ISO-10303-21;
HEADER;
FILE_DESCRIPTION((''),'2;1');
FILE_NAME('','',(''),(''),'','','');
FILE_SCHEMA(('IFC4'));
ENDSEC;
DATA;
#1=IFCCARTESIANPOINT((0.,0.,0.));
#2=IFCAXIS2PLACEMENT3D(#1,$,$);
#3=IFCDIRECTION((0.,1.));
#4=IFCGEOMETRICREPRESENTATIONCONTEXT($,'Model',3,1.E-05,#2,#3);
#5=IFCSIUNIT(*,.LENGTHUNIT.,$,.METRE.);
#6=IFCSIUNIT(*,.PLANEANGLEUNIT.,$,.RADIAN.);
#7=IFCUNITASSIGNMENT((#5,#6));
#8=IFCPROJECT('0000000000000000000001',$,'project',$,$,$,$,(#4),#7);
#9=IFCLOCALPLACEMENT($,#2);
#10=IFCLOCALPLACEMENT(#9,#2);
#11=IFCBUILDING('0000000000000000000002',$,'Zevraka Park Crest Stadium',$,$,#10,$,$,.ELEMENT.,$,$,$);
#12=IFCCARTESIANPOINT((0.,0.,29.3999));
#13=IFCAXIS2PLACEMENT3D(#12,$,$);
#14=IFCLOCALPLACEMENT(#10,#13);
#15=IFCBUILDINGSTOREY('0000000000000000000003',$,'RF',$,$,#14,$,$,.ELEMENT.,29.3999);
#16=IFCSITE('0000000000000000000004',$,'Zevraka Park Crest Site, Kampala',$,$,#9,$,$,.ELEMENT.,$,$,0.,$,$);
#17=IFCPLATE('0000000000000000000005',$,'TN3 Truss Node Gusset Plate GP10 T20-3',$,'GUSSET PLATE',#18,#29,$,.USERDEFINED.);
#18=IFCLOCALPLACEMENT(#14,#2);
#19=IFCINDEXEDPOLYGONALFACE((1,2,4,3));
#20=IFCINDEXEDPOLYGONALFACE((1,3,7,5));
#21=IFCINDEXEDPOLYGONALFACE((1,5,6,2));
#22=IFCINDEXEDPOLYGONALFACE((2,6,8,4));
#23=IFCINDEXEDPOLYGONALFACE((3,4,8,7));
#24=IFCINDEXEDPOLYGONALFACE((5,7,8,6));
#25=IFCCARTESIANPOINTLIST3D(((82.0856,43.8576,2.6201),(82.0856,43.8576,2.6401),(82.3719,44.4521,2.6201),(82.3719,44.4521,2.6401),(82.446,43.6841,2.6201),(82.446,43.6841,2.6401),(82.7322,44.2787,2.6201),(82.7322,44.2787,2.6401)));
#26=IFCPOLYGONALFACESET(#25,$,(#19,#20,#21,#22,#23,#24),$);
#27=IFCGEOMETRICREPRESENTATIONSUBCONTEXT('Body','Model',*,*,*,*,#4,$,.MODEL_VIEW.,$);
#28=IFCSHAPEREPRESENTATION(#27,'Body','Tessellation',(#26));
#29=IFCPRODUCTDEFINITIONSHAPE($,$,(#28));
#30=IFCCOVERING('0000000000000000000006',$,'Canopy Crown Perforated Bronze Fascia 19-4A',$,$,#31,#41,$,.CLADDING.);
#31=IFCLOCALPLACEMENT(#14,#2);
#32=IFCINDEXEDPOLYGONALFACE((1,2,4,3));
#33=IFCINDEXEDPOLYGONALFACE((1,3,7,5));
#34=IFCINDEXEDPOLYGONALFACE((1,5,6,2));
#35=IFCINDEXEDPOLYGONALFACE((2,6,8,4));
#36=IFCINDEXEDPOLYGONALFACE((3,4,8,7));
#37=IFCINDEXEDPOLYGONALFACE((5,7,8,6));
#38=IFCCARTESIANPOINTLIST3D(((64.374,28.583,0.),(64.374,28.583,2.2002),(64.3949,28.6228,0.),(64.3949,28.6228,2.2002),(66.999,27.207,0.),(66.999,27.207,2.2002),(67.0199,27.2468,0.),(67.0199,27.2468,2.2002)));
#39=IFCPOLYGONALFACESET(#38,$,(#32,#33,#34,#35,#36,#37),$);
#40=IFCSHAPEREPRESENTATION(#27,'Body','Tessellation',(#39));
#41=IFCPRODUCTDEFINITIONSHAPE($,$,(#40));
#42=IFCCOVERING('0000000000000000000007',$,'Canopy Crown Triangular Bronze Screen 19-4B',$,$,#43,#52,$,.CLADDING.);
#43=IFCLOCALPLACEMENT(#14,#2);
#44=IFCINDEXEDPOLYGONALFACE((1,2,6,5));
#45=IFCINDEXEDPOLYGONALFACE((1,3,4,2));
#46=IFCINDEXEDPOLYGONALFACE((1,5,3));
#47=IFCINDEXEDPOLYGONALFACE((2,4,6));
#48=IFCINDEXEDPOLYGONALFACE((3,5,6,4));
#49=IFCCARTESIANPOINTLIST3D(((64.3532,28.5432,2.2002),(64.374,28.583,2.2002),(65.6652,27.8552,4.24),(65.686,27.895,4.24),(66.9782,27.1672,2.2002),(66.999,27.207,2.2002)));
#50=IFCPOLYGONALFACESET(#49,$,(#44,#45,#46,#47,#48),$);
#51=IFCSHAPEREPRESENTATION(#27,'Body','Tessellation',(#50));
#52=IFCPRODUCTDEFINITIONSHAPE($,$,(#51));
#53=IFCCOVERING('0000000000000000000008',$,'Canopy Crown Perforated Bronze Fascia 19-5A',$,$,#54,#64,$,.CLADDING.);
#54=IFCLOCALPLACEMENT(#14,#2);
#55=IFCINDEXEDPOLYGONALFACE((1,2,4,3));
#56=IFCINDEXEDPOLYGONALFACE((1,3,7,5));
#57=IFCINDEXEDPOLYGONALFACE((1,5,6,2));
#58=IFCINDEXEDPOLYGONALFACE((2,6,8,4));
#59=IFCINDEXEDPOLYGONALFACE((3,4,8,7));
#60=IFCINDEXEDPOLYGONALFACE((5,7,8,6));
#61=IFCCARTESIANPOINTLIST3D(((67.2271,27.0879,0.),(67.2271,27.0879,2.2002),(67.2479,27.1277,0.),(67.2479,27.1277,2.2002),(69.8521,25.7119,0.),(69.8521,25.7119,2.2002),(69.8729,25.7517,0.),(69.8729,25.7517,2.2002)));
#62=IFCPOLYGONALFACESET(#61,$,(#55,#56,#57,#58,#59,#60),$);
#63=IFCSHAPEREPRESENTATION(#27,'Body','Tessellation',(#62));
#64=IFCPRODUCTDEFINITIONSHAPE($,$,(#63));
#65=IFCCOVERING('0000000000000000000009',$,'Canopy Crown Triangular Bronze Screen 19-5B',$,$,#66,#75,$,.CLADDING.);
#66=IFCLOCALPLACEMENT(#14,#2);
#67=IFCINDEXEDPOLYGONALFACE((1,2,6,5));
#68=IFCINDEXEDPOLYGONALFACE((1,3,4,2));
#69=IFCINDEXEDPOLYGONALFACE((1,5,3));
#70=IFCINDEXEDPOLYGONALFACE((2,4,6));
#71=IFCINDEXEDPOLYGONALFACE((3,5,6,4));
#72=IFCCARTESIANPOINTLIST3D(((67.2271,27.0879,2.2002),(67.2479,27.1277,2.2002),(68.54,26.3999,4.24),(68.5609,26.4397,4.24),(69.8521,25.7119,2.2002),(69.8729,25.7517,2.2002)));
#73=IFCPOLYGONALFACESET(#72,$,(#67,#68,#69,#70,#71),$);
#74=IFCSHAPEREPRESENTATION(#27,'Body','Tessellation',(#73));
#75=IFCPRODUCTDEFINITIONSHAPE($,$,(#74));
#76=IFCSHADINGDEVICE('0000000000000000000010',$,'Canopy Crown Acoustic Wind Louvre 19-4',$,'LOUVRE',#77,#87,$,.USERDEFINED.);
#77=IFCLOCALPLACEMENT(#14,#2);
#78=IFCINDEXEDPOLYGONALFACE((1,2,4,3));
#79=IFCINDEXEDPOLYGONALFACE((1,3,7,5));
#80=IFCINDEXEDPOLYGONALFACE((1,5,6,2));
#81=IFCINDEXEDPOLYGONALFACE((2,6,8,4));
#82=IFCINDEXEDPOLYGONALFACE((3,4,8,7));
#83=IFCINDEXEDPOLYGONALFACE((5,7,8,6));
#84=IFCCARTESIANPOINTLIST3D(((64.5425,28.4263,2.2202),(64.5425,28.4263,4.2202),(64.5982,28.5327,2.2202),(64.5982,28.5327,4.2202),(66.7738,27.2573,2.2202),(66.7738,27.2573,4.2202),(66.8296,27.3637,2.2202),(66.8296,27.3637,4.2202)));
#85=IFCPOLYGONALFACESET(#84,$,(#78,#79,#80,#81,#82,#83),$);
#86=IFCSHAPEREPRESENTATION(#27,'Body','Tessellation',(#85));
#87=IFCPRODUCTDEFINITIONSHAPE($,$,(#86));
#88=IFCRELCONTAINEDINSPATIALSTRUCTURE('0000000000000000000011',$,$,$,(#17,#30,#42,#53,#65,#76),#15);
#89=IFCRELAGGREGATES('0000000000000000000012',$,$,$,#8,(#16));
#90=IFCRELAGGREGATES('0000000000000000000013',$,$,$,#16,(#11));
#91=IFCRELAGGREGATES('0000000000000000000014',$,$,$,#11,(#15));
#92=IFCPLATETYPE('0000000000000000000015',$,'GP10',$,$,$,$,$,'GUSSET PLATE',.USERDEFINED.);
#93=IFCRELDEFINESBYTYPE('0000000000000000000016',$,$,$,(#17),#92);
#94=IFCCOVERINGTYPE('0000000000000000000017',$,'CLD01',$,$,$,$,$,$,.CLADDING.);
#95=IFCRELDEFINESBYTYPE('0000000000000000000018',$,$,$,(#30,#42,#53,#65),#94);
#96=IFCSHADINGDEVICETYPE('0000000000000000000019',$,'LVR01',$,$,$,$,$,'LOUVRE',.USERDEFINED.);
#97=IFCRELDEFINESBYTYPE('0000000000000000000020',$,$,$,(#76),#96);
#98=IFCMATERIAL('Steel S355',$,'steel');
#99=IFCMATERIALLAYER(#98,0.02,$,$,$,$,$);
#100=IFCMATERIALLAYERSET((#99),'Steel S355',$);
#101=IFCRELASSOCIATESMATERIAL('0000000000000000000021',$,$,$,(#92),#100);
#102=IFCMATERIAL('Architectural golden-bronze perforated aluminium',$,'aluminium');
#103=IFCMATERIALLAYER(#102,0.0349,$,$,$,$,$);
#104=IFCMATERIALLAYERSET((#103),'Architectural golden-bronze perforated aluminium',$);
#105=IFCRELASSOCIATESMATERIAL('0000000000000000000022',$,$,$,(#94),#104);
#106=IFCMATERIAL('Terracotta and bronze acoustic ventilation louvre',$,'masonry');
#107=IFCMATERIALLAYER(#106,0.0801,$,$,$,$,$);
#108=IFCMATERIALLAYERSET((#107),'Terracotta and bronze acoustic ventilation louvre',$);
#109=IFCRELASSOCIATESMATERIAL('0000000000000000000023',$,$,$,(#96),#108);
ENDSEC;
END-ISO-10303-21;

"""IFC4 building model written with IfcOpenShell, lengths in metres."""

from ifc_helpers import new_model, si_unit, direction, frame, origin, origin_2d, place, context, subcontext, project, spatial, polyline, rectangle, outline, extrude, material, layer, layer_set, type_object, element, save


model = new_model("IFC4")

# Units and contexts
model_context = context("Model", 3, precision=1e-05, world=origin(), true_north=direction((0.0, 1.0)))
body_context = subcontext(model_context, "Body", "Model", "MODEL_VIEW")
ifc_project = project(units=[si_unit("LENGTHUNIT", "METRE"), si_unit("PLANEANGLEUNIT", "RADIAN")], contexts=[model_context])

# Site, building, storey
site_placement = place(None, origin())
site = spatial("IfcSite", under=ifc_project, at=site_placement, Name="Zevraka Park Crest Site, Kampala", CompositionType="ELEMENT", RefElevation=0.0)
building_placement = place(site_placement, origin())
building = spatial("IfcBuilding", under=site, at=building_placement, Name="Zevraka Park Crest Stadium", CompositionType="ELEMENT")
storey_placement = place(building_placement, frame((0.0, 0.0, 29.3999)))
storey = spatial("IfcBuildingStorey", under=building, at=storey_placement, Name="RF", CompositionType="ELEMENT", Elevation=29.3999)

# Plate
ifc_material_1 = material(Name="Steel S355", Category="steel")
ifc_layer_1 = layer(ifc_material_1, 0.02)
ifc_layer_set_1 = layer_set([ifc_layer_1], Name="Steel S355")
plate_type_1 = type_object("IfcPlateType", Name="GP10", ElementType="GUSSET PLATE", PredefinedType="USERDEFINED", material=ifc_layer_set_1)
plate_1_placement = place(storey_placement, frame((82.4089, 44.0681, 2.6201), z_axis=(0.0, 0.0, 1.0), x_axis=(0.433816, 0.901001, 0.0)))
element("IfcPlate", 1, at=plate_1_placement, inside=storey, type_object=plate_type_1, Name="TN3 Truss Node Gusset Plate GP10 T20-3", ObjectType="GUSSET PLATE", PredefinedType="USERDEFINED", context=body_context, shape_type="SweptSolid", body=[
    extrude(rectangle(XDim=0.6599, YDim=0.3999, at=origin_2d()), origin(), (0.0, 0.0, 1.0), 0.02),
])

# Coverings
ifc_material_2 = material(Name="Architectural golden-bronze perforated aluminium", Category="aluminium")
ifc_layer_2 = layer(ifc_material_2, 0.0349)
ifc_layer_set_2 = layer_set([ifc_layer_2], Name="Architectural golden-bronze perforated aluminium")
covering_type = type_object("IfcCoveringType", Name="CLD01", PredefinedType="CLADDING", material=ifc_layer_set_2)
covering_1_placement = place(storey_placement, frame((64.374, 28.583, 0.0), z_axis=(-0.464266, -0.885696, 0.0), x_axis=(0.885696, -0.464266, 0.0)))
element("IfcCovering", 2, at=covering_1_placement, inside=storey, type_object=covering_type, Name="Canopy Crown Perforated Bronze Fascia 19-4A", PredefinedType="CLADDING", context=body_context, shape_type="SweptSolid", body=[
    extrude(outline(polyline([(0.0, 0.0), (2.9638, 0.0), (2.9638, 2.2002), (0.0, 2.2002), (0.0, 0.0)])), origin(), (0.0, 0.0, -1.0), 0.0449),
])
covering_2_placement = place(storey_placement, frame((64.374, 28.583, 2.2002), z_axis=(0.464266, 0.885696, 0.000111), x_axis=(0.885696, -0.464266, 0.0)))
element("IfcCovering", 3, at=covering_2_placement, inside=storey, type_object=covering_type, Name="Canopy Crown Triangular Bronze Screen 19-4B", PredefinedType="CLADDING", context=body_context, shape_type="SweptSolid", body=[
    extrude(outline(polyline([(0.0, 0.0), (2.9638, 0.0), (1.4815, -2.0398), (0.0, 0.0)])), origin(), (0.0, 0.0, -1.0), 0.0449),
])
covering_3_placement = place(storey_placement, frame((67.2271, 27.0879, 0.0), z_axis=(-0.464266, -0.885696, 0.0), x_axis=(0.885696, -0.464266, 0.0)))
element("IfcCovering", 4, at=covering_3_placement, inside=storey, type_object=covering_type, Name="Canopy Crown Perforated Bronze Fascia 19-5A", PredefinedType="CLADDING", context=body_context, shape_type="SweptSolid", body=[
    extrude(outline(polyline([(0.0, 0.0), (2.9638, 0.0), (2.9638, 2.2002), (0.0, 2.2002), (0.0, 0.0)])), origin(), (0.0, 0.0, -1.0), 0.0449),
])
covering_4_placement = place(storey_placement, frame((67.2271, 27.0879, 2.2002), z_axis=(-0.464266, -0.885696, 0.000111), x_axis=(0.885696, -0.464266, 0.0)))
element("IfcCovering", 5, at=covering_4_placement, inside=storey, type_object=covering_type, Name="Canopy Crown Triangular Bronze Screen 19-5B", PredefinedType="CLADDING", context=body_context, shape_type="SweptSolid", body=[
    extrude(outline(polyline([(0.0, 0.0), (2.9638, 0.0), (1.4823, 2.0398), (0.0, 0.0)])), origin(), (0.0, 0.0, -1.0), 0.0449),
])

# Shading device
ifc_material_3 = material(Name="Terracotta and bronze acoustic ventilation louvre", Category="masonry")
ifc_layer_3 = layer(ifc_material_3, 0.0801)
ifc_layer_set_3 = layer_set([ifc_layer_3], Name="Terracotta and bronze acoustic ventilation louvre")
shading_device_type = type_object("IfcShadingDeviceType", Name="LVR01", ElementType="LOUVRE", PredefinedType="USERDEFINED", material=ifc_layer_set_3)
shading_device_placement = place(storey_placement, frame((65.686, 27.895, 2.2202), z_axis=(0.0, 0.0, 1.0), x_axis=(0.885799, -0.464069, 0.0)))
element("IfcShadingDevice", 6, at=shading_device_placement, inside=storey, type_object=shading_device_type, Name="Canopy Crown Acoustic Wind Louvre 19-4", ObjectType="LOUVRE", PredefinedType="USERDEFINED", context=body_context, shape_type="SweptSolid", body=[
    extrude(rectangle(XDim=2.519, YDim=0.1201, at=origin_2d()), origin(), (0.0, 0.0, 1.0), 2.0),
])

save(model, "model.ifc")
